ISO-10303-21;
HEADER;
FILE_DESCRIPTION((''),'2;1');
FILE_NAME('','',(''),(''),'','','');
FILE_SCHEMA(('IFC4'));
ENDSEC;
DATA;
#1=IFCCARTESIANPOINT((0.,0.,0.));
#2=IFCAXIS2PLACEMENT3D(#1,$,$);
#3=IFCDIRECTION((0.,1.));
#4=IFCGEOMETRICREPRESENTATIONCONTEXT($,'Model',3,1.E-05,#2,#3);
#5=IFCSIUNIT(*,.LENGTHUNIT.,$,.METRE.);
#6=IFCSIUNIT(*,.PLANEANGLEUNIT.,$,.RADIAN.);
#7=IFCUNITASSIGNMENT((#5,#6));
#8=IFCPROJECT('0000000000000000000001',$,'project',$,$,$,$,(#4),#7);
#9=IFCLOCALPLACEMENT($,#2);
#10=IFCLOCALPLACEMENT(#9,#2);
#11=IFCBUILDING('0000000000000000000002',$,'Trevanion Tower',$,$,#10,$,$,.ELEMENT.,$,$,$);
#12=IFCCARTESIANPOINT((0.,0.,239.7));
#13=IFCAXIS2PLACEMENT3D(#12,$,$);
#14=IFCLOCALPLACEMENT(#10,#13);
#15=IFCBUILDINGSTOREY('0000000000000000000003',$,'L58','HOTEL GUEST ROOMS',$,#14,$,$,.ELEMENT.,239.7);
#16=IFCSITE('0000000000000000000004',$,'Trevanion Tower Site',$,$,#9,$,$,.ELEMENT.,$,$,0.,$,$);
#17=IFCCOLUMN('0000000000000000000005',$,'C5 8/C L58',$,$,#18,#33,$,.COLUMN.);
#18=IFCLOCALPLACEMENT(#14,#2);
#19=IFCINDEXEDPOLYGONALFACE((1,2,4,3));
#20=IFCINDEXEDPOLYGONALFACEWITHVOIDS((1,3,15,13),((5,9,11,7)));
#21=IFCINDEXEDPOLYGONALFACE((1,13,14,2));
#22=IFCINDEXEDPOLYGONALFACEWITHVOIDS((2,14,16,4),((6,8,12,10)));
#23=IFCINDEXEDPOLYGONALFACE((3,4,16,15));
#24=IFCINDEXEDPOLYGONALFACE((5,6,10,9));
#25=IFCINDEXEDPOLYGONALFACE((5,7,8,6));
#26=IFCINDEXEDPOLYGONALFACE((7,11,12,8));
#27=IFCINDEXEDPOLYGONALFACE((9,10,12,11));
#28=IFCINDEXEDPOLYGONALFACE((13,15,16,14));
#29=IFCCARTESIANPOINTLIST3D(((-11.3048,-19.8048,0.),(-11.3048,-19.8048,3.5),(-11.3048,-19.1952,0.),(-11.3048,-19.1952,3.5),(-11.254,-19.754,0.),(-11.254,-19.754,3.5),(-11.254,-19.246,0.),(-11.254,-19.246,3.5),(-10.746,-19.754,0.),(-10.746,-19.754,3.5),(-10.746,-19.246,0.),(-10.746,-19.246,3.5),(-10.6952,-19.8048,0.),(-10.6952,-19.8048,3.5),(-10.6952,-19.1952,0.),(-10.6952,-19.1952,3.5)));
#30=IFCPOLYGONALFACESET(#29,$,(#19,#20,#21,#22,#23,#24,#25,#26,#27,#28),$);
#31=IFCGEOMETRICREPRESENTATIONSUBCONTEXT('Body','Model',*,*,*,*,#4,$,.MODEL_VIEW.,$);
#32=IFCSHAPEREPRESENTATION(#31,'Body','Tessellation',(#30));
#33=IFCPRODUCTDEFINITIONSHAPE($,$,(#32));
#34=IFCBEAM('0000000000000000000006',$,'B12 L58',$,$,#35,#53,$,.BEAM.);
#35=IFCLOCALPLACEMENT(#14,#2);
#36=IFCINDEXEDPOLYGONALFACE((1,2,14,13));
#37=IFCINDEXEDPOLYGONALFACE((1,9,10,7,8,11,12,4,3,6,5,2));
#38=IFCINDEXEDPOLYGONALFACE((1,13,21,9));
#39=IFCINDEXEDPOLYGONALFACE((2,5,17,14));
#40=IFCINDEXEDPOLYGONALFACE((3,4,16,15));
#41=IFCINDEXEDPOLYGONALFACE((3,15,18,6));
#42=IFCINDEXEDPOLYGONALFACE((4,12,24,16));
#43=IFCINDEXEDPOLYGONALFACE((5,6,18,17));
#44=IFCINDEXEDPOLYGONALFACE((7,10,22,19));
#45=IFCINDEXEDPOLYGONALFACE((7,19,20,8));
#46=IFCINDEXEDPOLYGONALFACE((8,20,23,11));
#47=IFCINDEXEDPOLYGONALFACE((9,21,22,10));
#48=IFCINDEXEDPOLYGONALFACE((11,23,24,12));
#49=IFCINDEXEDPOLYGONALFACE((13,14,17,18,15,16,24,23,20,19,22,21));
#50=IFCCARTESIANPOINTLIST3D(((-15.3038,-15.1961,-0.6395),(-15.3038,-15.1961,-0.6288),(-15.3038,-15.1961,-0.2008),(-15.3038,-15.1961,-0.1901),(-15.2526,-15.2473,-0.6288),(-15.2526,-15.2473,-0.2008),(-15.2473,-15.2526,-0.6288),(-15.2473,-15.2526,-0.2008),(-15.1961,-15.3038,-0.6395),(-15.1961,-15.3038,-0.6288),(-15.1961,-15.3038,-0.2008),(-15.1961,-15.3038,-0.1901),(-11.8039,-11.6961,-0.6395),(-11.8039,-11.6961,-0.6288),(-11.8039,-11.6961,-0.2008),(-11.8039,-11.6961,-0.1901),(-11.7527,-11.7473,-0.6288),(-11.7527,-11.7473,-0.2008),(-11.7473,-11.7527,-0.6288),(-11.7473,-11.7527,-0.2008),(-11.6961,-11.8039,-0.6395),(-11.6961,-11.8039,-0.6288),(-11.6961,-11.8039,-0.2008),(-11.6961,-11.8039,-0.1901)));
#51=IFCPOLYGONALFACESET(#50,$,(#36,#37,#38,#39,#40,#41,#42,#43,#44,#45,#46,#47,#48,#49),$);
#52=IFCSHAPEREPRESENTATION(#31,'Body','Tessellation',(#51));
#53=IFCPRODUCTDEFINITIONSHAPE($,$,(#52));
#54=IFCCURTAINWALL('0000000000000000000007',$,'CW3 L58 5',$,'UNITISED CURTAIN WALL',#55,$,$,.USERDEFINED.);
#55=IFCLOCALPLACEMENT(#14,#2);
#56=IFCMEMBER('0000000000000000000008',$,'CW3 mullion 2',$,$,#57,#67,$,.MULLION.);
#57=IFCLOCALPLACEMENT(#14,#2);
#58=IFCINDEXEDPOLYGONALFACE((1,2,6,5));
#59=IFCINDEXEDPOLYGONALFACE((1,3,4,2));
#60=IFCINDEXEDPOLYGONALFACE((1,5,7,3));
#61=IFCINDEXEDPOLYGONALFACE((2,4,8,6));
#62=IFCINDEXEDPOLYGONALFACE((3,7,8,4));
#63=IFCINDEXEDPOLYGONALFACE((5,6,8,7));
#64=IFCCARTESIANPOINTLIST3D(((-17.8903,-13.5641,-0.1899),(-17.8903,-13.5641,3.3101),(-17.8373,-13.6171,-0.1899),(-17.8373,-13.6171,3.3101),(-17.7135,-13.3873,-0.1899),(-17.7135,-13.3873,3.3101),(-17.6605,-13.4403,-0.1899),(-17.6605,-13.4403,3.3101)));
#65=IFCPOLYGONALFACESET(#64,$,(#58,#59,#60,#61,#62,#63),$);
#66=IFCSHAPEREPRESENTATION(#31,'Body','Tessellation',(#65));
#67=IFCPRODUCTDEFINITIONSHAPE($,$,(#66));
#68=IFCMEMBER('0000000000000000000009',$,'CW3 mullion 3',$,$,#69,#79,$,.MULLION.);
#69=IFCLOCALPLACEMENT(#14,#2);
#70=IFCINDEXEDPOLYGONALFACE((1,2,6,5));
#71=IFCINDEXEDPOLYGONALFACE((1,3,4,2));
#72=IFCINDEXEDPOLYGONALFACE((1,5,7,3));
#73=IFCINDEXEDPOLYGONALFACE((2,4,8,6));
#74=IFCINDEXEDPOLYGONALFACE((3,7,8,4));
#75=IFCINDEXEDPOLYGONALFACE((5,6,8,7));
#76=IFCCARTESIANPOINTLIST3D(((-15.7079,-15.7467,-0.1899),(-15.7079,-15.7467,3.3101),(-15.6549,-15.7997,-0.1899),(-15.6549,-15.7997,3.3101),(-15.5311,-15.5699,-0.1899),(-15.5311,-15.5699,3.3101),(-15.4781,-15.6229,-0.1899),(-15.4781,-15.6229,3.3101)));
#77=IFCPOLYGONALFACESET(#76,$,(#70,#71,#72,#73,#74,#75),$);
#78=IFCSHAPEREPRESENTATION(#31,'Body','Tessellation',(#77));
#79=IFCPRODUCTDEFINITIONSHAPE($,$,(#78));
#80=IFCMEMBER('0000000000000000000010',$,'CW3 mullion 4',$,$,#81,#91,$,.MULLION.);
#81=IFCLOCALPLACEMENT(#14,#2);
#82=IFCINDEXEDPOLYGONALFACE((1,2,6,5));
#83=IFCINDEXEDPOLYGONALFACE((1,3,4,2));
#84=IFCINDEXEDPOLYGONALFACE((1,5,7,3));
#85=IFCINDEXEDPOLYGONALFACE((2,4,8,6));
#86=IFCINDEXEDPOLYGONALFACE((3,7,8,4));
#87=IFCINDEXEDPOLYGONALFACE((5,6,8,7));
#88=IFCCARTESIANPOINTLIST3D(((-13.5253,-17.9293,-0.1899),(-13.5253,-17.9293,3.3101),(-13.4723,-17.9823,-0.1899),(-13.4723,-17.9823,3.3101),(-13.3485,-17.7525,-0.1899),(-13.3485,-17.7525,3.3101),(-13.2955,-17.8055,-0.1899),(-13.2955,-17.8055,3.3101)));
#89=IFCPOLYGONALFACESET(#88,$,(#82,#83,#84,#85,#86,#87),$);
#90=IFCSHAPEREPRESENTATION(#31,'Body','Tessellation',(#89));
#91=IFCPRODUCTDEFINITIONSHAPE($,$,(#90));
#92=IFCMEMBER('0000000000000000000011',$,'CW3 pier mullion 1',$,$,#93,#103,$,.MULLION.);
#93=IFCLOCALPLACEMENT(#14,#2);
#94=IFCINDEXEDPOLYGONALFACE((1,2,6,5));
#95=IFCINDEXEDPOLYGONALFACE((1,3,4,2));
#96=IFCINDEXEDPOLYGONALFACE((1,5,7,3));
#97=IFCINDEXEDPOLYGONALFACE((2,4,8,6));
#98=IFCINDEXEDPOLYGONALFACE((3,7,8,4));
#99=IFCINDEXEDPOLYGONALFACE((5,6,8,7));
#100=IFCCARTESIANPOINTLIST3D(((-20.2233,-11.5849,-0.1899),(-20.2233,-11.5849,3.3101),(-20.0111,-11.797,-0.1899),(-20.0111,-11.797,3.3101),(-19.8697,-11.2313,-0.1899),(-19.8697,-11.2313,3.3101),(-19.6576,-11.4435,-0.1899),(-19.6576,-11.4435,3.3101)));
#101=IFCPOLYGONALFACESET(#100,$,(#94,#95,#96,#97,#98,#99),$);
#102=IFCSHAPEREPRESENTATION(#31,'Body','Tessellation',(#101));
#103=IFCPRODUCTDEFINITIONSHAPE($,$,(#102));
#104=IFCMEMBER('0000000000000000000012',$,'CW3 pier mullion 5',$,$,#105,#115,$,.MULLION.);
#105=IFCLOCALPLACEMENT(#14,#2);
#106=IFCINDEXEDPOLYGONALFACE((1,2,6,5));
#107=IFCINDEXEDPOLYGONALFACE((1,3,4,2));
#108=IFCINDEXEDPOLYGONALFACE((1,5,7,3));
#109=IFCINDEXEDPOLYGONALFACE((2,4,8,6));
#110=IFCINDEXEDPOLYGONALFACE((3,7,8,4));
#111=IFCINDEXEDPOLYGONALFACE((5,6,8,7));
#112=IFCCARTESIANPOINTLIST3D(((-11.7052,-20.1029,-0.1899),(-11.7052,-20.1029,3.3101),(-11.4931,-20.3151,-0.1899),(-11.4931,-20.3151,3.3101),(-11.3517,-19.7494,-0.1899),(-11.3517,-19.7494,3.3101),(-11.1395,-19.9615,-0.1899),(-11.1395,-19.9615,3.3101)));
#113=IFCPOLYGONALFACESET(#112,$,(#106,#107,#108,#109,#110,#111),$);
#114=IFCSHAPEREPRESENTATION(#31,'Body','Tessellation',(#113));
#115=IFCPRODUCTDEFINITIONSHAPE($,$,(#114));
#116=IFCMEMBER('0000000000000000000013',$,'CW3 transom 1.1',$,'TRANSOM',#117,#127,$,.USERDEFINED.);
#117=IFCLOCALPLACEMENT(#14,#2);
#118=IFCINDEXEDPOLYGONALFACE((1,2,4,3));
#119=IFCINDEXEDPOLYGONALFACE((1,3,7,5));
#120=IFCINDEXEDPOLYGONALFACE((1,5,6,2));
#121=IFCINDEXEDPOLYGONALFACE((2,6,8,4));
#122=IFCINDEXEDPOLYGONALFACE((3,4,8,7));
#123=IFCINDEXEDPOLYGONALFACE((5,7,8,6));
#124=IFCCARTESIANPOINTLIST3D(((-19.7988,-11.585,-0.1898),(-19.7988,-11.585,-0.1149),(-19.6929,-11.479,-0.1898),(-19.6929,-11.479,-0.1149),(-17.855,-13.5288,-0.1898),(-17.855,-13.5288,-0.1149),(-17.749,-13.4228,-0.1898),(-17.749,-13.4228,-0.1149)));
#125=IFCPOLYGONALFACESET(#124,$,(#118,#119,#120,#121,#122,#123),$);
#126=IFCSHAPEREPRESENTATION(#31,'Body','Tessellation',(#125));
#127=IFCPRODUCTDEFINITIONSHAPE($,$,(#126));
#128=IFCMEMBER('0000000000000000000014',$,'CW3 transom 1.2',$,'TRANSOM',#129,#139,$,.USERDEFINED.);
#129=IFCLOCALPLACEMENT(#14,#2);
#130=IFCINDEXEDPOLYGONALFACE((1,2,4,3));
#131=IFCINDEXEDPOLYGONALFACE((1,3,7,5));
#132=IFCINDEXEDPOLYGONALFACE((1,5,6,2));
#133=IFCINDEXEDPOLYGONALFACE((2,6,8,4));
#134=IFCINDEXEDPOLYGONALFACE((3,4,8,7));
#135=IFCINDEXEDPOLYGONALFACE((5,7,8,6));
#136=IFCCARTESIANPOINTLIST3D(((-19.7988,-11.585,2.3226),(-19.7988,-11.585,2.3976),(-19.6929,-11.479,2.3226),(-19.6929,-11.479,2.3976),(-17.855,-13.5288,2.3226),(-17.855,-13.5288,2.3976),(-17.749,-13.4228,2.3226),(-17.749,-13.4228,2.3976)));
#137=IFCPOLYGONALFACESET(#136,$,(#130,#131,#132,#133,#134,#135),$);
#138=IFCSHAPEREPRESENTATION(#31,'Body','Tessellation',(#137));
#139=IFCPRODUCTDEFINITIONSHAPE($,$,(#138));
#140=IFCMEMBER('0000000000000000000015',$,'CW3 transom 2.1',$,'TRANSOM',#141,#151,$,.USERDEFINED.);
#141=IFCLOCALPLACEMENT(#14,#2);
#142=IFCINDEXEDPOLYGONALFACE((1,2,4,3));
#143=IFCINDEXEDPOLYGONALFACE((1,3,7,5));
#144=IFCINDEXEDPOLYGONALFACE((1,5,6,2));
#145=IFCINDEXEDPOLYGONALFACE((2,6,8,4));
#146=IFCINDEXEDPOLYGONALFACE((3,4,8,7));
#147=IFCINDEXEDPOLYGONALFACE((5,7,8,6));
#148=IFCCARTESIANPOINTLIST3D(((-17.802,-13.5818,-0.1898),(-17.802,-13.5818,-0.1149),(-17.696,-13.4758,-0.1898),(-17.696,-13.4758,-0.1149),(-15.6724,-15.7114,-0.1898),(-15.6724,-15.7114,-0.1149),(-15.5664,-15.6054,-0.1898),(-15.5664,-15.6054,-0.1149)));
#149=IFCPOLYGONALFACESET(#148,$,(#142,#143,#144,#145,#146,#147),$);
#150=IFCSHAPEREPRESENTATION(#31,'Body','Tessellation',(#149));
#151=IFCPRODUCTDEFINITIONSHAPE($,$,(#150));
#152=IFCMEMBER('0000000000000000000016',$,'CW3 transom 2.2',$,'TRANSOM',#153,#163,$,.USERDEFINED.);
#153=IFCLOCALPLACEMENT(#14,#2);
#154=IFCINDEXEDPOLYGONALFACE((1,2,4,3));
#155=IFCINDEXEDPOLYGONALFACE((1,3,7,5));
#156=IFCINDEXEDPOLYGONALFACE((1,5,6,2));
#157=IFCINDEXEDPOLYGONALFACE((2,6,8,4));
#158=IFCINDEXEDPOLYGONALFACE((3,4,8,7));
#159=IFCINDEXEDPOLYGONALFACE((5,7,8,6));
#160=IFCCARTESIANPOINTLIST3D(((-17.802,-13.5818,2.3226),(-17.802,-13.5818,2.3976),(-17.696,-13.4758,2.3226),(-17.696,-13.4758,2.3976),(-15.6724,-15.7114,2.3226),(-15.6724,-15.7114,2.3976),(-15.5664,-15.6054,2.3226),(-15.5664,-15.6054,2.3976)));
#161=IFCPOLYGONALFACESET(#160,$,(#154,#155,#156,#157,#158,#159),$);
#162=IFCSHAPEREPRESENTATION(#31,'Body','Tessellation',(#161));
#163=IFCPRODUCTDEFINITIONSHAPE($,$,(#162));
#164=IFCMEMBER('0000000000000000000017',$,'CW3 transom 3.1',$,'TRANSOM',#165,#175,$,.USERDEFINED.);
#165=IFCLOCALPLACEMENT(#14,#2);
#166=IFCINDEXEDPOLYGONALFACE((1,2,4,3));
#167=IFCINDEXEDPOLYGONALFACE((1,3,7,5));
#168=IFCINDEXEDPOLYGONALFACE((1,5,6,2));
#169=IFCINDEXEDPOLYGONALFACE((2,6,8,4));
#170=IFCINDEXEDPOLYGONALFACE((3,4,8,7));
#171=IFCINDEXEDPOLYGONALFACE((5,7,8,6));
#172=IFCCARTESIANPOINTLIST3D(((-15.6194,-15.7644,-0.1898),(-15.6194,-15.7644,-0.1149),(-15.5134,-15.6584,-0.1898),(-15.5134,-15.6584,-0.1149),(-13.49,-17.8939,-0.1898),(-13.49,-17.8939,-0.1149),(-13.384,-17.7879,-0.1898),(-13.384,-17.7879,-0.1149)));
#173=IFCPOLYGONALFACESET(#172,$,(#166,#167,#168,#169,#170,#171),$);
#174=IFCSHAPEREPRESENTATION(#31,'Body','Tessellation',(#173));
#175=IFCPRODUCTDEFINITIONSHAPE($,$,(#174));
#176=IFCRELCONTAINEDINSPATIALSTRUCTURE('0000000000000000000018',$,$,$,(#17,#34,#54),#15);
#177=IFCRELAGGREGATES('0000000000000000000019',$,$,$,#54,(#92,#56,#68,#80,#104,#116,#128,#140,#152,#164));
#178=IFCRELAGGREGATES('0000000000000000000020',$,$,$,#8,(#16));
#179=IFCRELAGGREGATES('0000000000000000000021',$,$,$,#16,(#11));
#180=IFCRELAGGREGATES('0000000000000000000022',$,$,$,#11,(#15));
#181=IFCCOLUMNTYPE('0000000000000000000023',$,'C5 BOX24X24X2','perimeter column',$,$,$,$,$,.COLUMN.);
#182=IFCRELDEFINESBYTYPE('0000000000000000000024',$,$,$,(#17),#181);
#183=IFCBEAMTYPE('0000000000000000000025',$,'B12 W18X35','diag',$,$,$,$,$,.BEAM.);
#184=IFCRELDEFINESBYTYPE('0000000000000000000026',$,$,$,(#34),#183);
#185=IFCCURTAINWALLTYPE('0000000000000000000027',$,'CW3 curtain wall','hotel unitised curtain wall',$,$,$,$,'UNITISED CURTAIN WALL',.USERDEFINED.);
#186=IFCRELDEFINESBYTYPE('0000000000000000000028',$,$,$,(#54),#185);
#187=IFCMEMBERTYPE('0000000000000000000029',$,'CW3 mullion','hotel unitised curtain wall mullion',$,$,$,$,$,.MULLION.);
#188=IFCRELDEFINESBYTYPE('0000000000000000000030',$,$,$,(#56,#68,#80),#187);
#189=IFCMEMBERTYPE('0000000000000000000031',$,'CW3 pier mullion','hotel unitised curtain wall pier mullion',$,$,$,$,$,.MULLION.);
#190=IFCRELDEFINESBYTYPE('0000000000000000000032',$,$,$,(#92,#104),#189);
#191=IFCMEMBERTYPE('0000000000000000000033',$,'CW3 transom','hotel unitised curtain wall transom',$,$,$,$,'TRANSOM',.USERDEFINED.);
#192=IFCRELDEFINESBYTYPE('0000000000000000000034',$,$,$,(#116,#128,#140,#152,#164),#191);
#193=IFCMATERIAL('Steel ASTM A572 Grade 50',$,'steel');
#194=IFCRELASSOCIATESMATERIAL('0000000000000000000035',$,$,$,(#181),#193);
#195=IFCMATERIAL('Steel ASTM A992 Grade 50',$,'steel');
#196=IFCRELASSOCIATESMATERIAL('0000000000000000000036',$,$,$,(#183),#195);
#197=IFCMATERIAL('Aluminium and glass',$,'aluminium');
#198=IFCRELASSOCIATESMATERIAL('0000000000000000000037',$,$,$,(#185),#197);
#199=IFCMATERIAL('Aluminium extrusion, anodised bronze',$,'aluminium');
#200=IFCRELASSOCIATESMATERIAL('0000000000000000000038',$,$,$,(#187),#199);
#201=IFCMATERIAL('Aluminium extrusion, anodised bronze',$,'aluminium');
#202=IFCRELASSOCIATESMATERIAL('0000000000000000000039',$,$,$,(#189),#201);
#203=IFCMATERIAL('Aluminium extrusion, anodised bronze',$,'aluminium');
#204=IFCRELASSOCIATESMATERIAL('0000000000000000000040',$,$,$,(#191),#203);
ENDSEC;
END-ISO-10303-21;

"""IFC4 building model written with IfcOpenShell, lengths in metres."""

from ifc_helpers import new_model, si_unit, direction, frame, origin, origin_2d, place, context, subcontext, project, spatial, rectangle, hollow_rectangle, i_section, extrude, material, material_profile, profile_set, type_object, element, aggregate, save


model = new_model("IFC4")

# Units and contexts
model_context = context("Model", 3, precision=1e-05, world=origin(), true_north=direction((0.0, 1.0)))
body_context = subcontext(model_context, "Body", "Model", "MODEL_VIEW")
ifc_project = project(units=[si_unit("LENGTHUNIT", "METRE"), si_unit("PLANEANGLEUNIT", "RADIAN")], contexts=[model_context])

# Site, building, storey
site_placement = place(None, origin())
site = spatial("IfcSite", under=ifc_project, at=site_placement, Name="Trevanion Tower Site", CompositionType="ELEMENT", RefElevation=0.0)
building_placement = place(site_placement, origin())
building = spatial("IfcBuilding", under=site, at=building_placement, Name="Trevanion Tower", CompositionType="ELEMENT")
storey_placement = place(building_placement, frame((0.0, 0.0, 239.7)))
storey = spatial("IfcBuildingStorey", under=building, at=storey_placement, Name="L58", Description="HOTEL GUEST ROOMS", CompositionType="ELEMENT", Elevation=239.7)

# Column
ifc_material_1 = material(Name="Steel ASTM A572 Grade 50", Category="steel")
ifc_material_profile_1 = material_profile(ifc_material_1, hollow_rectangle(XDim=0.6096, YDim=0.6096, WallThickness=0.0508, at=origin_2d()), Name="BOX24X24X2")
ifc_profile_set_1 = profile_set([ifc_material_profile_1], Name="Steel ASTM A572 Grade 50")
column_type = type_object("IfcColumnType", Name="C5 BOX24X24X2", Description="perimeter column", PredefinedType="COLUMN", material=ifc_profile_set_1)
column_placement = place(storey_placement, frame((-11.0, -19.5, 0.0), z_axis=(0.0, 0.0, 1.0), x_axis=(1.0, 0.0, 0.0)))
element("IfcColumn", 1, at=column_placement, inside=storey, type_object=column_type, Name="C5 8/C L58", PredefinedType="COLUMN", context=body_context, shape_type="SweptSolid", body=[
    extrude(hollow_rectangle(XDim=0.6096, YDim=0.6096, WallThickness=0.0508, at=origin_2d()), origin(), (0.0, 0.0, 1.0), 3.5),
])

# Beam
ifc_material_2 = material(Name="Steel ASTM A992 Grade 50", Category="steel")
ifc_material_profile_2 = material_profile(ifc_material_2, i_section(OverallWidth=0.1523, OverallDepth=0.4495, WebThickness=0.0076, FlangeThickness=0.0107, at=origin_2d()), Name="W18X35")
ifc_profile_set_2 = profile_set([ifc_material_profile_2], Name="Steel ASTM A992 Grade 50")
beam_type_1 = type_object("IfcBeamType", Name="B12 W18X35", Description="diag", PredefinedType="BEAM", material=ifc_profile_set_2)
beam_1_placement = place(storey_placement, frame((-11.75, -11.75, -0.4148), z_axis=(-0.707107, -0.707107, 0.0), x_axis=(0.707107, -0.707107, 0.0)))
element("IfcBeam", 2, at=beam_1_placement, inside=storey, type_object=beam_type_1, Name="B12 L58", PredefinedType="BEAM", context=body_context, shape_type="SweptSolid", body=[
    extrude(i_section(OverallWidth=0.1523, OverallDepth=0.4495, WebThickness=0.0076, FlangeThickness=0.0107, at=origin_2d()), origin(), (0.0, 0.0, 1.0), 4.9497),
])

# Curtain wall, members
ifc_material_3 = material(Name="Aluminium and glass", Category="aluminium")
curtain_wall_type = type_object("IfcCurtainWallType", Name="CW3 curtain wall", Description="hotel unitised curtain wall", ElementType="UNITISED CURTAIN WALL", PredefinedType="USERDEFINED", material=ifc_material_3)
curtain_wall_placement = place(storey_placement, origin())
curtain_wall = element("IfcCurtainWall", 3, at=curtain_wall_placement, inside=storey, type_object=curtain_wall_type, Name="CW3 L58 5", ObjectType="UNITISED CURTAIN WALL", PredefinedType="USERDEFINED")
ifc_material_4 = material(Name="Aluminium extrusion, anodised bronze", Category="aluminium")
ifc_material_profile_3 = material_profile(ifc_material_4, rectangle(XDim=0.075, YDim=0.25, at=origin_2d()), Name="CW3 mullion")
ifc_profile_set_3 = profile_set([ifc_material_profile_3], Name="Aluminium extrusion, anodised bronze")
member_type_1 = type_object("IfcMemberType", Name="CW3 mullion", Description="hotel unitised curtain wall mullion", PredefinedType="MULLION", material=ifc_profile_set_3)
member_1_placement = place(storey_placement, frame((-17.7754, -13.5022, -0.1899), z_axis=(0.0, 0.0, 1.0), x_axis=(0.707107, -0.707107, 0.0)))
member_1 = element("IfcMember", 4, at=member_1_placement, type_object=member_type_1, Name="CW3 mullion 2", PredefinedType="MULLION", context=body_context, shape_type="SweptSolid", body=[
    extrude(rectangle(XDim=0.075, YDim=0.25, at=origin_2d()), origin(), (0.0, 0.0, 1.0), 3.5),
])
member_2_placement = place(storey_placement, frame((-15.593, -15.6848, -0.1899), z_axis=(0.0, 0.0, 1.0), x_axis=(0.707107, -0.707107, 0.0)))
member_2 = element("IfcMember", 5, at=member_2_placement, type_object=member_type_1, Name="CW3 mullion 3", PredefinedType="MULLION", context=body_context, shape_type="SweptSolid", body=[
    extrude(rectangle(XDim=0.075, YDim=0.25, at=origin_2d()), origin(), (0.0, 0.0, 1.0), 3.5),
])
member_3_placement = place(storey_placement, frame((-13.4104, -17.8674, -0.1899), z_axis=(0.0, 0.0, 1.0), x_axis=(0.707107, -0.707107, 0.0)))
member_3 = element("IfcMember", 6, at=member_3_placement, type_object=member_type_1, Name="CW3 mullion 4", PredefinedType="MULLION", context=body_context, shape_type="SweptSolid", body=[
    extrude(rectangle(XDim=0.075, YDim=0.25, at=origin_2d()), origin(), (0.0, 0.0, 1.0), 3.5),
])
ifc_material_5 = material(Name="Aluminium extrusion, anodised bronze", Category="aluminium")
ifc_material_profile_4 = material_profile(ifc_material_5, rectangle(XDim=0.3, YDim=0.5, at=origin_2d()), Name="CW3 pier mullion")
ifc_profile_set_4 = profile_set([ifc_material_profile_4], Name="Aluminium extrusion, anodised bronze")
member_type_2 = type_object("IfcMemberType", Name="CW3 pier mullion", Description="hotel unitised curtain wall pier mullion", PredefinedType="MULLION", material=ifc_profile_set_4)
member_4_placement = place(storey_placement, frame((-19.9404, -11.5142, -0.1899), z_axis=(0.0, 0.0, 1.0), x_axis=(0.707107, -0.707107, 0.0)))
member_4 = element("IfcMember", 7, at=member_4_placement, type_object=member_type_2, Name="CW3 pier mullion 1", PredefinedType="MULLION", context=body_context, shape_type="SweptSolid", body=[
    extrude(rectangle(XDim=0.3, YDim=0.5, at=origin_2d()), origin(), (0.0, 0.0, 1.0), 3.5),
])
member_5_placement = place(storey_placement, frame((-11.4224, -20.0322, -0.1899), z_axis=(0.0, 0.0, 1.0), x_axis=(0.707107, -0.707107, 0.0)))
member_5 = element("IfcMember", 8, at=member_5_placement, type_object=member_type_2, Name="CW3 pier mullion 5", PredefinedType="MULLION", context=body_context, shape_type="SweptSolid", body=[
    extrude(rectangle(XDim=0.3, YDim=0.5, at=origin_2d()), origin(), (0.0, 0.0, 1.0), 3.5),
])
ifc_material_6 = material(Name="Aluminium extrusion, anodised bronze", Category="aluminium")
ifc_material_profile_5 = material_profile(ifc_material_6, rectangle(XDim=0.1499, YDim=0.075, at=origin_2d()), Name="CW3 transom")
ifc_profile_set_5 = profile_set([ifc_material_profile_5], Name="Aluminium extrusion, anodised bronze")
member_type_3 = type_object("IfcMemberType", Name="CW3 transom", Description="hotel unitised curtain wall transom", ElementType="TRANSOM", PredefinedType="USERDEFINED", material=ifc_profile_set_5)
member_6_placement = place(storey_placement, frame((-19.7458, -11.532, -0.1523), z_axis=(0.707107, -0.707107, 0.0), x_axis=(0.707107, 0.707107, 0.0)))
member_6 = element("IfcMember", 9, at=member_6_placement, type_object=member_type_3, Name="CW3 transom 1.1", ObjectType="TRANSOM", PredefinedType="USERDEFINED", context=body_context, shape_type="SweptSolid", body=[
    extrude(rectangle(XDim=0.1499, YDim=0.075, at=origin_2d()), origin(), (0.0, 0.0, 1.0), 2.749),
])
member_7_placement = place(storey_placement, frame((-19.7458, -11.532, 2.3601), z_axis=(0.707107, -0.707107, 0.0), x_axis=(0.707107, 0.707107, 0.0)))
member_7 = element("IfcMember", 10, at=member_7_placement, type_object=member_type_3, Name="CW3 transom 1.2", ObjectType="TRANSOM", PredefinedType="USERDEFINED", context=body_context, shape_type="SweptSolid", body=[
    extrude(rectangle(XDim=0.1499, YDim=0.075, at=origin_2d()), origin(), (0.0, 0.0, 1.0), 2.749),
])
member_8_placement = place(storey_placement, frame((-17.749, -13.5288, -0.1523), z_axis=(0.707107, -0.707107, 0.0), x_axis=(0.707107, 0.707107, 0.0)))
member_8 = element("IfcMember", 11, at=member_8_placement, type_object=member_type_3, Name="CW3 transom 2.1", ObjectType="TRANSOM", PredefinedType="USERDEFINED", context=body_context, shape_type="SweptSolid", body=[
    extrude(rectangle(XDim=0.1499, YDim=0.075, at=origin_2d()), origin(), (0.0, 0.0, 1.0), 3.0117),
])
member_9_placement = place(storey_placement, frame((-17.749, -13.5288, 2.3601), z_axis=(0.707107, -0.707107, 0.0), x_axis=(0.707107, 0.707107, 0.0)))
member_9 = element("IfcMember", 12, at=member_9_placement, type_object=member_type_3, Name="CW3 transom 2.2", ObjectType="TRANSOM", PredefinedType="USERDEFINED", context=body_context, shape_type="SweptSolid", body=[
    extrude(rectangle(XDim=0.1499, YDim=0.075, at=origin_2d()), origin(), (0.0, 0.0, 1.0), 3.0117),
])
member_10_placement = place(storey_placement, frame((-15.5664, -15.7114, -0.1523), z_axis=(0.707107, -0.707107, 0.0), x_axis=(0.707107, 0.707107, 0.0)))
member_10 = element("IfcMember", 13, at=member_10_placement, type_object=member_type_3, Name="CW3 transom 3.1", ObjectType="TRANSOM", PredefinedType="USERDEFINED", context=body_context, shape_type="SweptSolid", body=[
    extrude(rectangle(XDim=0.1499, YDim=0.075, at=origin_2d()), origin(), (0.0, 0.0, 1.0), 3.0115),
])

aggregate(curtain_wall, [member_4, member_1, member_2, member_3, member_5, member_6, member_7, member_8, member_9, member_10])

save(model, "model.ifc")
